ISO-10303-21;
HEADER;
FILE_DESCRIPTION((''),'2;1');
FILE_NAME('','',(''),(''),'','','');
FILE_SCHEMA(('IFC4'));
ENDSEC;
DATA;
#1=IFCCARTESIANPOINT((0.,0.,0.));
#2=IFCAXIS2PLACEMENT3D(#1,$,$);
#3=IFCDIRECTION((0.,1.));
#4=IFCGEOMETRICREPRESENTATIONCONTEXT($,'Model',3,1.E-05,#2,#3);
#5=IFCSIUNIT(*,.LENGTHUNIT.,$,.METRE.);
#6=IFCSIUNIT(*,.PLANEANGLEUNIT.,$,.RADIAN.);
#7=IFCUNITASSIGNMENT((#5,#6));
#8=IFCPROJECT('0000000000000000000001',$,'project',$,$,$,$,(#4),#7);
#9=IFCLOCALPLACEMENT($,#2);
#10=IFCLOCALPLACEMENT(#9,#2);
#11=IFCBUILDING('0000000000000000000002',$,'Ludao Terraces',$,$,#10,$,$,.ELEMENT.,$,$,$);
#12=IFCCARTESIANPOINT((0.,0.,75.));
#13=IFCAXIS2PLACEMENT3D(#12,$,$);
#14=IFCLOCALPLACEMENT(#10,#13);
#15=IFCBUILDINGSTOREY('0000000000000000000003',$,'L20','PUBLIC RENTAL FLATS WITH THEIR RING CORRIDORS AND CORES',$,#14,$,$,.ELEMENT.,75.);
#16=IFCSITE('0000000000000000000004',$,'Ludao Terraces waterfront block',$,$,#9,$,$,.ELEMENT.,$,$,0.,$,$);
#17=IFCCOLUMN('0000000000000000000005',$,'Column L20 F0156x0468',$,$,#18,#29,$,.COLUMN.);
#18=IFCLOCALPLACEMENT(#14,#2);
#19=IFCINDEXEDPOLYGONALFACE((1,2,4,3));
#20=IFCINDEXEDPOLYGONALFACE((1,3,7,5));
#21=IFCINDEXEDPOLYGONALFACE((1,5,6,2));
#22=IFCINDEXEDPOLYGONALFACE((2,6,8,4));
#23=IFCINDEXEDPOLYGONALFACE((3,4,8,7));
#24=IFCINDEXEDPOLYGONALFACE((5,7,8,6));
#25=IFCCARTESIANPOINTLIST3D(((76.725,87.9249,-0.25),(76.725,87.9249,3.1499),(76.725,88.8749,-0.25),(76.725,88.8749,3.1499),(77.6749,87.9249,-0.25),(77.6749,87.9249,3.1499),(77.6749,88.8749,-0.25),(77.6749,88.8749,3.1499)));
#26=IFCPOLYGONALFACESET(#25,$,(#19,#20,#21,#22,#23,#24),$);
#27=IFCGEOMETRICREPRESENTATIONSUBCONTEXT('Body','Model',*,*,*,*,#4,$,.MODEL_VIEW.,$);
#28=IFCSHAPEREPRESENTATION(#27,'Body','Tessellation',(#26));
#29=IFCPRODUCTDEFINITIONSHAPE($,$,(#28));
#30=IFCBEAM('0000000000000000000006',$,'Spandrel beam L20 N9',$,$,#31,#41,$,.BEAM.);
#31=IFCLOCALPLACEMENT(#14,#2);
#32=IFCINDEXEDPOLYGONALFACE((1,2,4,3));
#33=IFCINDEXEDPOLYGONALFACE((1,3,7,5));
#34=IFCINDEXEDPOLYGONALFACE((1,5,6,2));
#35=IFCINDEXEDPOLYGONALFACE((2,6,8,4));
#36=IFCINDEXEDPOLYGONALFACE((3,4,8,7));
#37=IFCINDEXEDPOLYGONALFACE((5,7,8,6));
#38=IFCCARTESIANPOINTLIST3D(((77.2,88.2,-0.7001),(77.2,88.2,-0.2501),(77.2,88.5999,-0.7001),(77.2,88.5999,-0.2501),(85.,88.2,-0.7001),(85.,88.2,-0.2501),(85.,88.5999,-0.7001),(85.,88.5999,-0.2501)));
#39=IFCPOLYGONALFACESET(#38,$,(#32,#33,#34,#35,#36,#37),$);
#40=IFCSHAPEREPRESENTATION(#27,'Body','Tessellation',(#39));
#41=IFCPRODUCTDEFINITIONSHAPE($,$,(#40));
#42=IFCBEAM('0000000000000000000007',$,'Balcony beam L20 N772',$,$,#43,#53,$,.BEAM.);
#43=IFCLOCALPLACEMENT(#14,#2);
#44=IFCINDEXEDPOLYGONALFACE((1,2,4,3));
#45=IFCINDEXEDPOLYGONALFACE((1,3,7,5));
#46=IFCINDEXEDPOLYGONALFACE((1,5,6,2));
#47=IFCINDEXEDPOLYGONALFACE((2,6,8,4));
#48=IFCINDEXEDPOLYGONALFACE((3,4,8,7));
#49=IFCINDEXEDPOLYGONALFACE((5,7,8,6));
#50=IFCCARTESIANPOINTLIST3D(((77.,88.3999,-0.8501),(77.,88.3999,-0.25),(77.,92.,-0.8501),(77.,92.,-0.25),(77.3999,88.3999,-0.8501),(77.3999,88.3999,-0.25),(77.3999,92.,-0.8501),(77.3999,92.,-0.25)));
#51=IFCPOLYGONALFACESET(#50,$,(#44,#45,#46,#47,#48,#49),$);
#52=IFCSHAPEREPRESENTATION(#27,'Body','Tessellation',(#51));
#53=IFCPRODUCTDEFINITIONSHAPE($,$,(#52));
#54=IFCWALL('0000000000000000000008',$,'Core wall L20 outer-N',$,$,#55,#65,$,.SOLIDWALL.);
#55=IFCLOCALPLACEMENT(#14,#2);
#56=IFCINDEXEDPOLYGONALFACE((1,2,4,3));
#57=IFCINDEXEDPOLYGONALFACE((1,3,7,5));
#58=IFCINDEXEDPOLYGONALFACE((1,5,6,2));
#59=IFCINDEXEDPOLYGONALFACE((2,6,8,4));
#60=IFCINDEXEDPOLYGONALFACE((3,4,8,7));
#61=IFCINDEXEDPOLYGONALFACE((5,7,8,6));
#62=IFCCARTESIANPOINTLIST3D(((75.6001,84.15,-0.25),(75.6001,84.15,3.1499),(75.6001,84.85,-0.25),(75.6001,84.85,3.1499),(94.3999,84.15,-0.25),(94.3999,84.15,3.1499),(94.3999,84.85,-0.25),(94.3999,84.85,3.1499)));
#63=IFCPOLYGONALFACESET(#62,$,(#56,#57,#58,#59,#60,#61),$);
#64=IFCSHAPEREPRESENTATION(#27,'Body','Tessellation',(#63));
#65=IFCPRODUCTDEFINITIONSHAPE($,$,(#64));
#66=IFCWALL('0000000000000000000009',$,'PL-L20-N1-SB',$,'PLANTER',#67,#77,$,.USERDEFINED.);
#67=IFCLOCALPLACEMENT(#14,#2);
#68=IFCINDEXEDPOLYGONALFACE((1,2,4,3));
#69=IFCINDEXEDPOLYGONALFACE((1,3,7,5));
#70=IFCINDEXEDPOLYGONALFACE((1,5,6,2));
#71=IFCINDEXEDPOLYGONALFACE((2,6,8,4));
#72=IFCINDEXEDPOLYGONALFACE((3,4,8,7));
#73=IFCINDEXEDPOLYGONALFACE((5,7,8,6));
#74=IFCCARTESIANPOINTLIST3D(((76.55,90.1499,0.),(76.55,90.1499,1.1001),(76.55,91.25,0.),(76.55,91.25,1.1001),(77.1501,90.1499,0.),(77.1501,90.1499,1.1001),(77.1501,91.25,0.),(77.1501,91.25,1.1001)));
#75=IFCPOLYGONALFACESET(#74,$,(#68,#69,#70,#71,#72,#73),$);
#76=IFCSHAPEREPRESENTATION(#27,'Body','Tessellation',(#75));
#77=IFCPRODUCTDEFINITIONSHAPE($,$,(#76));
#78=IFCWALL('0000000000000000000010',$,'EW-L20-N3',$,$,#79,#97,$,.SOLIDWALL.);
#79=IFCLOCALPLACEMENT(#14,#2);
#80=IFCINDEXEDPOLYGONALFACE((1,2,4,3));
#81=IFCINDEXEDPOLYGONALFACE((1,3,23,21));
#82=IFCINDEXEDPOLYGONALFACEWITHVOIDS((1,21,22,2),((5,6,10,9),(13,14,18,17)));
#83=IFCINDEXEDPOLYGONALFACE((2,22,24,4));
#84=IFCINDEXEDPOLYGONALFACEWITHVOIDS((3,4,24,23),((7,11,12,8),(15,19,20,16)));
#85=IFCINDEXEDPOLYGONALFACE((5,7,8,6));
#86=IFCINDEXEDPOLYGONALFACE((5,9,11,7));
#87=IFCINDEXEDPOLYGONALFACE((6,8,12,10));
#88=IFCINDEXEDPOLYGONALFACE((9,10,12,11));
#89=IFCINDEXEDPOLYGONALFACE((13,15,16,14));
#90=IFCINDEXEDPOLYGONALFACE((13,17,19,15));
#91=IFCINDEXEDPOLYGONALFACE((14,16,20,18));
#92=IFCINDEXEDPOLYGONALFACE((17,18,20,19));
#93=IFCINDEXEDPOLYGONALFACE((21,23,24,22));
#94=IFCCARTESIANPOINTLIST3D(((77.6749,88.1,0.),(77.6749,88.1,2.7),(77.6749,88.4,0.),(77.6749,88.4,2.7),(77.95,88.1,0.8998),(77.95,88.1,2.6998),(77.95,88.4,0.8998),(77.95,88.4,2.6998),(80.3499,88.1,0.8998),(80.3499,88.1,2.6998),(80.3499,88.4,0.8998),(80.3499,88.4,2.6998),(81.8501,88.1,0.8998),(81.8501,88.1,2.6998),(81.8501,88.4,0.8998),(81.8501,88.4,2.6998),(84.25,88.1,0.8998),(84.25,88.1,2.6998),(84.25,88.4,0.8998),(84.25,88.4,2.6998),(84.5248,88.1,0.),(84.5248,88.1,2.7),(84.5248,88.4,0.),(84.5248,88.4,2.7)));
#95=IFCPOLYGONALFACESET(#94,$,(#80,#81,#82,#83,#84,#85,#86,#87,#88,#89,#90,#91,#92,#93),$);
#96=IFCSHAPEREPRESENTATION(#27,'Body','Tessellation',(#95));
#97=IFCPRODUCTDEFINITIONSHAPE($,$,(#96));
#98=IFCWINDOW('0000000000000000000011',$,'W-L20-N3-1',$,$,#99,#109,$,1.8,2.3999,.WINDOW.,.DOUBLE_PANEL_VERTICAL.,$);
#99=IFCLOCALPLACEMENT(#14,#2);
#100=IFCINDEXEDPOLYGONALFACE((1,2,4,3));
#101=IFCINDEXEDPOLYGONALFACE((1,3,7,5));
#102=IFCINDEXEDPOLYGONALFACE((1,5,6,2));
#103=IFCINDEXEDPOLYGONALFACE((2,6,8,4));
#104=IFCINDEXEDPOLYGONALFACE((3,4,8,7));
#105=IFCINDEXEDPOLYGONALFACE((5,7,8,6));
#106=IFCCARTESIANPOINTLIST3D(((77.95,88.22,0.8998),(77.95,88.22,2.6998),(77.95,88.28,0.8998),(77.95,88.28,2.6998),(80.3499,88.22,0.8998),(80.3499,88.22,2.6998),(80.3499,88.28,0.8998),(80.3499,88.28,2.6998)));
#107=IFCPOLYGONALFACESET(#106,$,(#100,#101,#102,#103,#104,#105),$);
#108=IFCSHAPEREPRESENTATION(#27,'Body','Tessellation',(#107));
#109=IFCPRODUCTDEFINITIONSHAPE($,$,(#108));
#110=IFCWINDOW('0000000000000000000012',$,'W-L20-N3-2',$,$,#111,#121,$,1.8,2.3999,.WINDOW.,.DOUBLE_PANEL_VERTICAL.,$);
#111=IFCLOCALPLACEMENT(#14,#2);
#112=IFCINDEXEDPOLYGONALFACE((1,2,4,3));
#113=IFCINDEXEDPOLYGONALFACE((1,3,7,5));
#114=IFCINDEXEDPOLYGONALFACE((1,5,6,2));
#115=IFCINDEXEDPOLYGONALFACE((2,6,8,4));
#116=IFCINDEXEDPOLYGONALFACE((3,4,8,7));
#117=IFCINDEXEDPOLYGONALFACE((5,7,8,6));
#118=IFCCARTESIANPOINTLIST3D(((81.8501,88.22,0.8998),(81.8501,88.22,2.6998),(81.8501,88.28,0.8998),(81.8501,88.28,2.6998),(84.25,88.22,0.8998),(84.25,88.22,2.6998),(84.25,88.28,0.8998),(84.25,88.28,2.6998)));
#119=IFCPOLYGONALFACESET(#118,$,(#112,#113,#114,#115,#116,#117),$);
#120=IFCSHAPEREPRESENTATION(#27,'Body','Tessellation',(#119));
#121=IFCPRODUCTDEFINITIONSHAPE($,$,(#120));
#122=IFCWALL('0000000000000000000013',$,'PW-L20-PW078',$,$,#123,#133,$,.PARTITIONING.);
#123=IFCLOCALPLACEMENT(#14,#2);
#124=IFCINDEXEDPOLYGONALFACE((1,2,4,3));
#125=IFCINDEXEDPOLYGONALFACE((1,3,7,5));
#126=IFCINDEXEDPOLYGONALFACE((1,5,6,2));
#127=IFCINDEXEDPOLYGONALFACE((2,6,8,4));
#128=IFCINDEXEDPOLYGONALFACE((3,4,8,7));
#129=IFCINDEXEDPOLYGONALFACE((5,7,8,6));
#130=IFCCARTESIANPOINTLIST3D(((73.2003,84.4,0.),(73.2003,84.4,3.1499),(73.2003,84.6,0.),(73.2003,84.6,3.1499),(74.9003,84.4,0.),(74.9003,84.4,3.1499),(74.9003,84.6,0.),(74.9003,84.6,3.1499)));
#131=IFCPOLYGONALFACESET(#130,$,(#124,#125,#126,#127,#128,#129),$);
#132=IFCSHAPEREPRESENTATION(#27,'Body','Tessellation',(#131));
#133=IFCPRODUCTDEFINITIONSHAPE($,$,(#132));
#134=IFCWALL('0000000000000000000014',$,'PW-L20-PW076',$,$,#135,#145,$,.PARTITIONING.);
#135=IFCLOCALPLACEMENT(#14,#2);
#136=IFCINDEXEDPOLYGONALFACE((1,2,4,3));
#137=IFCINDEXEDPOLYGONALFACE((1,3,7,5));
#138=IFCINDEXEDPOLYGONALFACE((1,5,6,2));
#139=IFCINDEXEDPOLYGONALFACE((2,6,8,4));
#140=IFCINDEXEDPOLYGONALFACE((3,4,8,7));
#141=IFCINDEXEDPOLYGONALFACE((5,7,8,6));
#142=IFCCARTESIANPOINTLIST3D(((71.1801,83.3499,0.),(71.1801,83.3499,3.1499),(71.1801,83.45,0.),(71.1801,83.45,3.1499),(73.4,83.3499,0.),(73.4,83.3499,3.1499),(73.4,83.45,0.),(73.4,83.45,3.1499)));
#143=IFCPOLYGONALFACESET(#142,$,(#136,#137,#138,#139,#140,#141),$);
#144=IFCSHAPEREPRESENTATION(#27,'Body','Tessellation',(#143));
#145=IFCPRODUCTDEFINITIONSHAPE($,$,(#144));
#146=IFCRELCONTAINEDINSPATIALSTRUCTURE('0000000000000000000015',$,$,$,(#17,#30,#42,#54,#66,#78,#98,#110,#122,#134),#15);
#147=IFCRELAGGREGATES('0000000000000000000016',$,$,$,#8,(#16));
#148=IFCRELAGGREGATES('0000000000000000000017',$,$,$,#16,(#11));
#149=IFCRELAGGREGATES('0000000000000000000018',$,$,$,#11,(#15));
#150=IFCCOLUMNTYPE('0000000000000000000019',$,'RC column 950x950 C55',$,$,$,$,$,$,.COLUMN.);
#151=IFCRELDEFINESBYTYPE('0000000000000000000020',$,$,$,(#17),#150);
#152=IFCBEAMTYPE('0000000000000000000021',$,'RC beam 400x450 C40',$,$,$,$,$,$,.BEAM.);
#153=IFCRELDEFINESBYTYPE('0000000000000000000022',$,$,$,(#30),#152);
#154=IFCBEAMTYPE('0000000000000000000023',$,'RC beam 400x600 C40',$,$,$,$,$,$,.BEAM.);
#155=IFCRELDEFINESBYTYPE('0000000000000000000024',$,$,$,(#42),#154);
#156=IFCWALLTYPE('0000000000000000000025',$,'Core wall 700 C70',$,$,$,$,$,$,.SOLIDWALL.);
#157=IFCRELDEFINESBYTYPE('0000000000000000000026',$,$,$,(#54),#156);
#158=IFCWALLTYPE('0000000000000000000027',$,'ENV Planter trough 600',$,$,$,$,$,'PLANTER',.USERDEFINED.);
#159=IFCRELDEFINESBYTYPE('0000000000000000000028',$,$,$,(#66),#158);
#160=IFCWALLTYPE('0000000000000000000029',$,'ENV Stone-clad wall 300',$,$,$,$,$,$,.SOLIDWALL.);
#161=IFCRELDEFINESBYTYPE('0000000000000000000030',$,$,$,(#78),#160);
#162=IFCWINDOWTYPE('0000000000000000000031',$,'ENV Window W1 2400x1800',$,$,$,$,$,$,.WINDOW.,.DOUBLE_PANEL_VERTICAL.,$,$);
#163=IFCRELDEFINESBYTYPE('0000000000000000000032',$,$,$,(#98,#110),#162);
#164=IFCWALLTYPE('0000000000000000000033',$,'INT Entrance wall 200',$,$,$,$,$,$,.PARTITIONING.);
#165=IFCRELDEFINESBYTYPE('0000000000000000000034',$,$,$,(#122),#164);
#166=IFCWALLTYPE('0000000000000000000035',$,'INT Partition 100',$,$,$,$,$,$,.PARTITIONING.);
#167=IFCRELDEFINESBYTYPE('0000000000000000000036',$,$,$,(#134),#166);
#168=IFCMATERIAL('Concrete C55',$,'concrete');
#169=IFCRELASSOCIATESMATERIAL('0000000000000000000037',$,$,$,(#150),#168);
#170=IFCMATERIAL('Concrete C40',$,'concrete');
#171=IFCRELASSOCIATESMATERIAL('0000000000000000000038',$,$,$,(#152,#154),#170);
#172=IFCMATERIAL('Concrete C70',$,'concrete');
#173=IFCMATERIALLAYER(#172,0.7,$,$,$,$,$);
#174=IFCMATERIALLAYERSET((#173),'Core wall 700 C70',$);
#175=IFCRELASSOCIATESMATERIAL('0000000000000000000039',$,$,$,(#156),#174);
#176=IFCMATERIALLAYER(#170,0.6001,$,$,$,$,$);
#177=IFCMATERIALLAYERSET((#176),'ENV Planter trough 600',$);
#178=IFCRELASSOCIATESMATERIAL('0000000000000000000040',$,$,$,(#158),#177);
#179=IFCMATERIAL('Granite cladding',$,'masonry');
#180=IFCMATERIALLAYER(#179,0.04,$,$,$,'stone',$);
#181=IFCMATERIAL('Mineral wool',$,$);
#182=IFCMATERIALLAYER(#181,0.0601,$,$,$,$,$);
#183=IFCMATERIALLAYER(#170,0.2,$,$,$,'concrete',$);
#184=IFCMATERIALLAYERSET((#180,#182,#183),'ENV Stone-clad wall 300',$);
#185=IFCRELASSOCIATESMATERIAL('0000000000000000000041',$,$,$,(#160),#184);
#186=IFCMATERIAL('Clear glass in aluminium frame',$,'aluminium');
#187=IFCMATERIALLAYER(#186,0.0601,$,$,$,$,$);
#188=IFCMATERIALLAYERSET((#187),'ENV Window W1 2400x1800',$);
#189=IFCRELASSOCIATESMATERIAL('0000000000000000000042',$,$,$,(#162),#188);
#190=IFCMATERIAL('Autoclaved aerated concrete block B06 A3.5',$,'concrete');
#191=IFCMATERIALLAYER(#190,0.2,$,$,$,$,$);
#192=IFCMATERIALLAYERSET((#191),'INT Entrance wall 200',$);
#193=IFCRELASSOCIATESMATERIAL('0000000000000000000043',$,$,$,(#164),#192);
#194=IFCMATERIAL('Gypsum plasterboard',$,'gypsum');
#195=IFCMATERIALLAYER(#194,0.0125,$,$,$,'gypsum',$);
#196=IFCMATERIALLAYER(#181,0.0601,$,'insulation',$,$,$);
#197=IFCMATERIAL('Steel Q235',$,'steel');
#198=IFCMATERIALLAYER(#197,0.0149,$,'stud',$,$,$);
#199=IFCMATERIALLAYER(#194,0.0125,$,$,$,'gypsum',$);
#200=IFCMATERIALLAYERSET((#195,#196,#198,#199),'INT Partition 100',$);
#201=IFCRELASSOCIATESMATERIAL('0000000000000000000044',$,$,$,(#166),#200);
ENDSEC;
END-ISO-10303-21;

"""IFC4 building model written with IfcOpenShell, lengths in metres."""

from ifc_helpers import new_model, si_unit, direction, frame, frame_2d, origin, origin_2d, place, context, subcontext, project, spatial, rectangle, extrude, material, layer, layer_set, material_profile, profile_set, type_object, element, fill, save


model = new_model("IFC4")

# Units and contexts
model_context = context("Model", 3, precision=1e-05, world=origin(), true_north=direction((0.0, 1.0)))
body_context = subcontext(model_context, "Body", "Model", "MODEL_VIEW")
ifc_project = project(units=[si_unit("LENGTHUNIT", "METRE"), si_unit("PLANEANGLEUNIT", "RADIAN")], contexts=[model_context])

# Site, building, storey
site_placement = place(None, origin())
site = spatial("IfcSite", under=ifc_project, at=site_placement, Name="Ludao Terraces waterfront block", CompositionType="ELEMENT", RefElevation=0.0)
building_placement = place(site_placement, origin())
building = spatial("IfcBuilding", under=site, at=building_placement, Name="Ludao Terraces", CompositionType="ELEMENT")
storey_placement = place(building_placement, frame((0.0, 0.0, 75.0)))
storey = spatial("IfcBuildingStorey", under=building, at=storey_placement, Name="L20", Description="PUBLIC RENTAL FLATS WITH THEIR RING CORRIDORS AND CORES", CompositionType="ELEMENT", Elevation=75.0)

# Column
ifc_material_1 = material(Name="Concrete C55", Category="concrete")
ifc_material_profile_1 = material_profile(ifc_material_1, rectangle(XDim=0.95, YDim=0.95, at=origin_2d()), Name="950 X 950")
ifc_profile_set_1 = profile_set([ifc_material_profile_1], Name="Concrete C55")
column_type = type_object("IfcColumnType", Name="RC column 950x950 C55", PredefinedType="COLUMN", material=ifc_profile_set_1)
column_placement = place(storey_placement, frame((77.2, 88.3999, -0.25), z_axis=(0.0, 0.0, 1.0), x_axis=(1.0, 0.0, 0.0)))
element("IfcColumn", 1, at=column_placement, inside=storey, type_object=column_type, Name="Column L20 F0156x0468", PredefinedType="COLUMN", context=body_context, shape_type="SweptSolid", body=[
    extrude(rectangle(XDim=0.95, YDim=0.95, at=origin_2d()), origin(), (0.0, 0.0, 1.0), 3.3999),
])

# Beams
ifc_material_2 = material(Name="Concrete C40", Category="concrete")
ifc_material_profile_2 = material_profile(ifc_material_2, rectangle(XDim=0.3999, YDim=0.45, at=origin_2d()), Name="400 X 450")
ifc_profile_set_2 = profile_set([ifc_material_profile_2], Name="Concrete C40")
beam_type_1 = type_object("IfcBeamType", Name="RC beam 400x450 C40", PredefinedType="BEAM", material=ifc_profile_set_2)
beam_1_placement = place(storey_placement, frame((77.2, 88.3999, -0.4751), z_axis=(1.0, 0.0, 0.0), x_axis=(0.0, 1.0, 0.0)))
element("IfcBeam", 2, at=beam_1_placement, inside=storey, type_object=beam_type_1, Name="Spandrel beam L20 N9", PredefinedType="BEAM", context=body_context, shape_type="SweptSolid", body=[
    extrude(rectangle(XDim=0.3999, YDim=0.45, at=origin_2d()), origin(), (0.0, 0.0, 1.0), 7.8),
])
ifc_material_profile_3 = material_profile(ifc_material_2, rectangle(XDim=0.3999, YDim=0.6001, at=origin_2d()), Name="400 X 600")
ifc_profile_set_3 = profile_set([ifc_material_profile_3], Name="Concrete C40")
beam_type_2 = type_object("IfcBeamType", Name="RC beam 400x600 C40", PredefinedType="BEAM", material=ifc_profile_set_3)
beam_2_placement = place(storey_placement, frame((77.2, 88.3999, -0.55), z_axis=(0.0, 1.0, 0.0), x_axis=(-1.0, 0.0, 0.0)))
element("IfcBeam", 3, at=beam_2_placement, inside=storey, type_object=beam_type_2, Name="Balcony beam L20 N772", PredefinedType="BEAM", context=body_context, shape_type="SweptSolid", body=[
    extrude(rectangle(XDim=0.3999, YDim=0.6001, at=origin_2d()), origin(), (0.0, 0.0, 1.0), 3.6001),
])

# Walls
ifc_material_3 = material(Name="Concrete C70", Category="concrete")
ifc_layer_1 = layer(ifc_material_3, 0.7)
ifc_layer_set_1 = layer_set([ifc_layer_1], Name="Core wall 700 C70")
wall_type_1 = type_object("IfcWallType", Name="Core wall 700 C70", PredefinedType="SOLIDWALL", material=ifc_layer_set_1)
wall_1_placement = place(storey_placement, frame((75.6001, 84.5, -0.25), z_axis=(0.0, 0.0, 1.0), x_axis=(1.0, 0.0, 0.0)))
element("IfcWall", 4, at=wall_1_placement, inside=storey, type_object=wall_type_1, Name="Core wall L20 outer-N", PredefinedType="SOLIDWALL", context=body_context, shape_type="SweptSolid", body=[
    extrude(rectangle(XDim=18.7998, YDim=0.7, at=frame_2d((9.3999, 0.0))), origin(), (0.0, 0.0, 1.0), 3.3999),
])
ifc_layer_2 = layer(ifc_material_2, 0.6001)
ifc_layer_set_2 = layer_set([ifc_layer_2], Name="ENV Planter trough 600")
wall_type_2 = type_object("IfcWallType", Name="ENV Planter trough 600", ElementType="PLANTER", PredefinedType="USERDEFINED", material=ifc_layer_set_2)
wall_2_placement = place(storey_placement, frame((76.8501, 91.25, 0.0), z_axis=(0.0, 0.0, 1.0), x_axis=(0.0, -1.0, 0.0)))
element("IfcWall", 5, at=wall_2_placement, inside=storey, type_object=wall_type_2, Name="PL-L20-N1-SB", ObjectType="PLANTER", PredefinedType="USERDEFINED", context=body_context, shape_type="SweptSolid", body=[
    extrude(rectangle(XDim=1.1001, YDim=0.6001, at=frame_2d((0.55, 0.0))), origin(), (0.0, 0.0, 1.0), 1.1001),
])

# Shared definitions
ifc_material_4 = material(Name="Granite cladding", Category="masonry")
ifc_layer_3 = layer(ifc_material_4, 0.04, Category="stone")
ifc_material_5 = material(Name="Mineral wool")
ifc_layer_4 = layer(ifc_material_5, 0.0601)
ifc_layer_5 = layer(ifc_material_2, 0.2, Category="concrete")
ifc_layer_set_3 = layer_set([ifc_layer_3, ifc_layer_4, ifc_layer_5], Name="ENV Stone-clad wall 300")
wall_type_3 = type_object("IfcWallType", Name="ENV Stone-clad wall 300", PredefinedType="SOLIDWALL", material=ifc_layer_set_3)
ifc_material_6 = material(Name="Clear glass in aluminium frame", Category="aluminium")
ifc_layer_6 = layer(ifc_material_6, 0.0601)
ifc_layer_set_4 = layer_set([ifc_layer_6], Name="ENV Window W1 2400x1800")
window_type = type_object("IfcWindowType", Name="ENV Window W1 2400x1800", PartitioningType="DOUBLE_PANEL_VERTICAL", PredefinedType="WINDOW", material=ifc_layer_set_4)

# Wall, openings, windows
wall_3_placement = place(storey_placement, frame((77.675, 88.25, 0.0), z_axis=(0.0, 0.0, 1.0), x_axis=(1.0, 0.0, 0.0)))
wall_3 = element("IfcWall", 6, at=wall_3_placement, inside=storey, type_object=wall_type_3, Name="EW-L20-N3", PredefinedType="SOLIDWALL", context=body_context, shape_type="SweptSolid", body=[
    extrude(rectangle(XDim=6.8499, YDim=0.3, at=frame_2d((3.4248, 0.0))), origin(), (0.0, 0.0, 1.0), 2.7),
])
opening_1_placement = place(wall_3_placement, frame((0.2749, 0.0, 0.8999)))
opening_1 = element("IfcOpeningElement", 7, at=opening_1_placement, cuts=wall_3, PredefinedType="OPENING", context=body_context, shape_type="SweptSolid", body=[
    extrude(rectangle(XDim=2.3999, YDim=1.8, at=frame_2d((1.2, 0.8999))), frame((0.0, 0.1602, 0.0), z_axis=(0.0, -1.0, 0.0), x_axis=(1.0, 0.0, 0.0)), (0.0, 0.0, 1.0), 0.3201),
])
opening_2_placement = place(wall_3_placement, frame((4.175, 0.0, 0.8999)))
opening_2 = element("IfcOpeningElement", 8, at=opening_2_placement, cuts=wall_3, PredefinedType="OPENING", context=body_context, shape_type="SweptSolid", body=[
    extrude(rectangle(XDim=2.3999, YDim=1.8, at=frame_2d((1.2, 0.8999))), frame((0.0, 0.1602, 0.0), z_axis=(0.0, -1.0, 0.0), x_axis=(1.0, 0.0, 0.0)), (0.0, 0.0, 1.0), 0.3201),
])
window_1_placement = place(opening_1_placement, origin())
window_1 = element("IfcWindow", 9, at=window_1_placement, inside=storey, type_object=window_type, Name="W-L20-N3-1", OverallHeight=1.8, OverallWidth=2.3999, PartitioningType="DOUBLE_PANEL_VERTICAL", PredefinedType="WINDOW", context=body_context, shape_type="SweptSolid", body=[
    extrude(rectangle(XDim=2.3999, YDim=1.8, at=frame_2d((1.2, 0.8999))), frame((0.0, 0.03, 0.0), z_axis=(0.0, -1.0, 0.0), x_axis=(1.0, 0.0, 0.0)), (0.0, 0.0, 1.0), 0.0601),
])
fill(opening_1, window_1)
window_2_placement = place(opening_2_placement, origin())
window_2 = element("IfcWindow", 10, at=window_2_placement, inside=storey, type_object=window_type, Name="W-L20-N3-2", OverallHeight=1.8, OverallWidth=2.3999, PartitioningType="DOUBLE_PANEL_VERTICAL", PredefinedType="WINDOW", context=body_context, shape_type="SweptSolid", body=[
    extrude(rectangle(XDim=2.3999, YDim=1.8, at=frame_2d((1.2, 0.8999))), frame((0.0, 0.03, 0.0), z_axis=(0.0, -1.0, 0.0), x_axis=(1.0, 0.0, 0.0)), (0.0, 0.0, 1.0), 0.0601),
])
fill(opening_2, window_2)

# Walls
ifc_material_7 = material(Name="Autoclaved aerated concrete block B06 A3.5", Category="concrete")
ifc_layer_7 = layer(ifc_material_7, 0.2)
ifc_layer_set_5 = layer_set([ifc_layer_7], Name="INT Entrance wall 200")
wall_type_4 = type_object("IfcWallType", Name="INT Entrance wall 200", PredefinedType="PARTITIONING", material=ifc_layer_set_5)
wall_4_placement = place(storey_placement, frame((73.2002, 84.5, 0.0), z_axis=(0.0, 0.0, 1.0), x_axis=(1.0, 0.0, 0.0)))
element("IfcWall", 11, at=wall_4_placement, inside=storey, type_object=wall_type_4, Name="PW-L20-PW078", PredefinedType="PARTITIONING", context=body_context, shape_type="SweptSolid", body=[
    extrude(rectangle(XDim=1.7, YDim=0.2, at=frame_2d((0.8501, 0.0))), origin(), (0.0, 0.0, 1.0), 3.1499),
])
ifc_material_8 = material(Name="Gypsum plasterboard", Category="gypsum")
ifc_layer_8 = layer(ifc_material_8, 0.0125, Category="gypsum")
ifc_layer_9 = layer(ifc_material_5, 0.0601, Name="insulation")
ifc_material_9 = material(Name="Steel Q235", Category="steel")
ifc_layer_10 = layer(ifc_material_9, 0.0149, Name="stud")
ifc_layer_11 = layer(ifc_material_8, 0.0125, Category="gypsum")
ifc_layer_set_6 = layer_set([ifc_layer_8, ifc_layer_9, ifc_layer_10, ifc_layer_11], Name="INT Partition 100")
wall_type_5 = type_object("IfcWallType", Name="INT Partition 100", PredefinedType="PARTITIONING", material=ifc_layer_set_6)
wall_5_placement = place(storey_placement, frame((71.1802, 83.3999, 0.0), z_axis=(0.0, 0.0, 1.0), x_axis=(1.0, 0.0, 0.0)))
element("IfcWall", 12, at=wall_5_placement, inside=storey, type_object=wall_type_5, Name="PW-L20-PW076", PredefinedType="PARTITIONING", context=body_context, shape_type="SweptSolid", body=[
    extrude(rectangle(XDim=2.22, YDim=0.1001, at=frame_2d((1.1099, 0.0))), origin(), (0.0, 0.0, 1.0), 3.1499),
])

save(model, "model.ifc")
